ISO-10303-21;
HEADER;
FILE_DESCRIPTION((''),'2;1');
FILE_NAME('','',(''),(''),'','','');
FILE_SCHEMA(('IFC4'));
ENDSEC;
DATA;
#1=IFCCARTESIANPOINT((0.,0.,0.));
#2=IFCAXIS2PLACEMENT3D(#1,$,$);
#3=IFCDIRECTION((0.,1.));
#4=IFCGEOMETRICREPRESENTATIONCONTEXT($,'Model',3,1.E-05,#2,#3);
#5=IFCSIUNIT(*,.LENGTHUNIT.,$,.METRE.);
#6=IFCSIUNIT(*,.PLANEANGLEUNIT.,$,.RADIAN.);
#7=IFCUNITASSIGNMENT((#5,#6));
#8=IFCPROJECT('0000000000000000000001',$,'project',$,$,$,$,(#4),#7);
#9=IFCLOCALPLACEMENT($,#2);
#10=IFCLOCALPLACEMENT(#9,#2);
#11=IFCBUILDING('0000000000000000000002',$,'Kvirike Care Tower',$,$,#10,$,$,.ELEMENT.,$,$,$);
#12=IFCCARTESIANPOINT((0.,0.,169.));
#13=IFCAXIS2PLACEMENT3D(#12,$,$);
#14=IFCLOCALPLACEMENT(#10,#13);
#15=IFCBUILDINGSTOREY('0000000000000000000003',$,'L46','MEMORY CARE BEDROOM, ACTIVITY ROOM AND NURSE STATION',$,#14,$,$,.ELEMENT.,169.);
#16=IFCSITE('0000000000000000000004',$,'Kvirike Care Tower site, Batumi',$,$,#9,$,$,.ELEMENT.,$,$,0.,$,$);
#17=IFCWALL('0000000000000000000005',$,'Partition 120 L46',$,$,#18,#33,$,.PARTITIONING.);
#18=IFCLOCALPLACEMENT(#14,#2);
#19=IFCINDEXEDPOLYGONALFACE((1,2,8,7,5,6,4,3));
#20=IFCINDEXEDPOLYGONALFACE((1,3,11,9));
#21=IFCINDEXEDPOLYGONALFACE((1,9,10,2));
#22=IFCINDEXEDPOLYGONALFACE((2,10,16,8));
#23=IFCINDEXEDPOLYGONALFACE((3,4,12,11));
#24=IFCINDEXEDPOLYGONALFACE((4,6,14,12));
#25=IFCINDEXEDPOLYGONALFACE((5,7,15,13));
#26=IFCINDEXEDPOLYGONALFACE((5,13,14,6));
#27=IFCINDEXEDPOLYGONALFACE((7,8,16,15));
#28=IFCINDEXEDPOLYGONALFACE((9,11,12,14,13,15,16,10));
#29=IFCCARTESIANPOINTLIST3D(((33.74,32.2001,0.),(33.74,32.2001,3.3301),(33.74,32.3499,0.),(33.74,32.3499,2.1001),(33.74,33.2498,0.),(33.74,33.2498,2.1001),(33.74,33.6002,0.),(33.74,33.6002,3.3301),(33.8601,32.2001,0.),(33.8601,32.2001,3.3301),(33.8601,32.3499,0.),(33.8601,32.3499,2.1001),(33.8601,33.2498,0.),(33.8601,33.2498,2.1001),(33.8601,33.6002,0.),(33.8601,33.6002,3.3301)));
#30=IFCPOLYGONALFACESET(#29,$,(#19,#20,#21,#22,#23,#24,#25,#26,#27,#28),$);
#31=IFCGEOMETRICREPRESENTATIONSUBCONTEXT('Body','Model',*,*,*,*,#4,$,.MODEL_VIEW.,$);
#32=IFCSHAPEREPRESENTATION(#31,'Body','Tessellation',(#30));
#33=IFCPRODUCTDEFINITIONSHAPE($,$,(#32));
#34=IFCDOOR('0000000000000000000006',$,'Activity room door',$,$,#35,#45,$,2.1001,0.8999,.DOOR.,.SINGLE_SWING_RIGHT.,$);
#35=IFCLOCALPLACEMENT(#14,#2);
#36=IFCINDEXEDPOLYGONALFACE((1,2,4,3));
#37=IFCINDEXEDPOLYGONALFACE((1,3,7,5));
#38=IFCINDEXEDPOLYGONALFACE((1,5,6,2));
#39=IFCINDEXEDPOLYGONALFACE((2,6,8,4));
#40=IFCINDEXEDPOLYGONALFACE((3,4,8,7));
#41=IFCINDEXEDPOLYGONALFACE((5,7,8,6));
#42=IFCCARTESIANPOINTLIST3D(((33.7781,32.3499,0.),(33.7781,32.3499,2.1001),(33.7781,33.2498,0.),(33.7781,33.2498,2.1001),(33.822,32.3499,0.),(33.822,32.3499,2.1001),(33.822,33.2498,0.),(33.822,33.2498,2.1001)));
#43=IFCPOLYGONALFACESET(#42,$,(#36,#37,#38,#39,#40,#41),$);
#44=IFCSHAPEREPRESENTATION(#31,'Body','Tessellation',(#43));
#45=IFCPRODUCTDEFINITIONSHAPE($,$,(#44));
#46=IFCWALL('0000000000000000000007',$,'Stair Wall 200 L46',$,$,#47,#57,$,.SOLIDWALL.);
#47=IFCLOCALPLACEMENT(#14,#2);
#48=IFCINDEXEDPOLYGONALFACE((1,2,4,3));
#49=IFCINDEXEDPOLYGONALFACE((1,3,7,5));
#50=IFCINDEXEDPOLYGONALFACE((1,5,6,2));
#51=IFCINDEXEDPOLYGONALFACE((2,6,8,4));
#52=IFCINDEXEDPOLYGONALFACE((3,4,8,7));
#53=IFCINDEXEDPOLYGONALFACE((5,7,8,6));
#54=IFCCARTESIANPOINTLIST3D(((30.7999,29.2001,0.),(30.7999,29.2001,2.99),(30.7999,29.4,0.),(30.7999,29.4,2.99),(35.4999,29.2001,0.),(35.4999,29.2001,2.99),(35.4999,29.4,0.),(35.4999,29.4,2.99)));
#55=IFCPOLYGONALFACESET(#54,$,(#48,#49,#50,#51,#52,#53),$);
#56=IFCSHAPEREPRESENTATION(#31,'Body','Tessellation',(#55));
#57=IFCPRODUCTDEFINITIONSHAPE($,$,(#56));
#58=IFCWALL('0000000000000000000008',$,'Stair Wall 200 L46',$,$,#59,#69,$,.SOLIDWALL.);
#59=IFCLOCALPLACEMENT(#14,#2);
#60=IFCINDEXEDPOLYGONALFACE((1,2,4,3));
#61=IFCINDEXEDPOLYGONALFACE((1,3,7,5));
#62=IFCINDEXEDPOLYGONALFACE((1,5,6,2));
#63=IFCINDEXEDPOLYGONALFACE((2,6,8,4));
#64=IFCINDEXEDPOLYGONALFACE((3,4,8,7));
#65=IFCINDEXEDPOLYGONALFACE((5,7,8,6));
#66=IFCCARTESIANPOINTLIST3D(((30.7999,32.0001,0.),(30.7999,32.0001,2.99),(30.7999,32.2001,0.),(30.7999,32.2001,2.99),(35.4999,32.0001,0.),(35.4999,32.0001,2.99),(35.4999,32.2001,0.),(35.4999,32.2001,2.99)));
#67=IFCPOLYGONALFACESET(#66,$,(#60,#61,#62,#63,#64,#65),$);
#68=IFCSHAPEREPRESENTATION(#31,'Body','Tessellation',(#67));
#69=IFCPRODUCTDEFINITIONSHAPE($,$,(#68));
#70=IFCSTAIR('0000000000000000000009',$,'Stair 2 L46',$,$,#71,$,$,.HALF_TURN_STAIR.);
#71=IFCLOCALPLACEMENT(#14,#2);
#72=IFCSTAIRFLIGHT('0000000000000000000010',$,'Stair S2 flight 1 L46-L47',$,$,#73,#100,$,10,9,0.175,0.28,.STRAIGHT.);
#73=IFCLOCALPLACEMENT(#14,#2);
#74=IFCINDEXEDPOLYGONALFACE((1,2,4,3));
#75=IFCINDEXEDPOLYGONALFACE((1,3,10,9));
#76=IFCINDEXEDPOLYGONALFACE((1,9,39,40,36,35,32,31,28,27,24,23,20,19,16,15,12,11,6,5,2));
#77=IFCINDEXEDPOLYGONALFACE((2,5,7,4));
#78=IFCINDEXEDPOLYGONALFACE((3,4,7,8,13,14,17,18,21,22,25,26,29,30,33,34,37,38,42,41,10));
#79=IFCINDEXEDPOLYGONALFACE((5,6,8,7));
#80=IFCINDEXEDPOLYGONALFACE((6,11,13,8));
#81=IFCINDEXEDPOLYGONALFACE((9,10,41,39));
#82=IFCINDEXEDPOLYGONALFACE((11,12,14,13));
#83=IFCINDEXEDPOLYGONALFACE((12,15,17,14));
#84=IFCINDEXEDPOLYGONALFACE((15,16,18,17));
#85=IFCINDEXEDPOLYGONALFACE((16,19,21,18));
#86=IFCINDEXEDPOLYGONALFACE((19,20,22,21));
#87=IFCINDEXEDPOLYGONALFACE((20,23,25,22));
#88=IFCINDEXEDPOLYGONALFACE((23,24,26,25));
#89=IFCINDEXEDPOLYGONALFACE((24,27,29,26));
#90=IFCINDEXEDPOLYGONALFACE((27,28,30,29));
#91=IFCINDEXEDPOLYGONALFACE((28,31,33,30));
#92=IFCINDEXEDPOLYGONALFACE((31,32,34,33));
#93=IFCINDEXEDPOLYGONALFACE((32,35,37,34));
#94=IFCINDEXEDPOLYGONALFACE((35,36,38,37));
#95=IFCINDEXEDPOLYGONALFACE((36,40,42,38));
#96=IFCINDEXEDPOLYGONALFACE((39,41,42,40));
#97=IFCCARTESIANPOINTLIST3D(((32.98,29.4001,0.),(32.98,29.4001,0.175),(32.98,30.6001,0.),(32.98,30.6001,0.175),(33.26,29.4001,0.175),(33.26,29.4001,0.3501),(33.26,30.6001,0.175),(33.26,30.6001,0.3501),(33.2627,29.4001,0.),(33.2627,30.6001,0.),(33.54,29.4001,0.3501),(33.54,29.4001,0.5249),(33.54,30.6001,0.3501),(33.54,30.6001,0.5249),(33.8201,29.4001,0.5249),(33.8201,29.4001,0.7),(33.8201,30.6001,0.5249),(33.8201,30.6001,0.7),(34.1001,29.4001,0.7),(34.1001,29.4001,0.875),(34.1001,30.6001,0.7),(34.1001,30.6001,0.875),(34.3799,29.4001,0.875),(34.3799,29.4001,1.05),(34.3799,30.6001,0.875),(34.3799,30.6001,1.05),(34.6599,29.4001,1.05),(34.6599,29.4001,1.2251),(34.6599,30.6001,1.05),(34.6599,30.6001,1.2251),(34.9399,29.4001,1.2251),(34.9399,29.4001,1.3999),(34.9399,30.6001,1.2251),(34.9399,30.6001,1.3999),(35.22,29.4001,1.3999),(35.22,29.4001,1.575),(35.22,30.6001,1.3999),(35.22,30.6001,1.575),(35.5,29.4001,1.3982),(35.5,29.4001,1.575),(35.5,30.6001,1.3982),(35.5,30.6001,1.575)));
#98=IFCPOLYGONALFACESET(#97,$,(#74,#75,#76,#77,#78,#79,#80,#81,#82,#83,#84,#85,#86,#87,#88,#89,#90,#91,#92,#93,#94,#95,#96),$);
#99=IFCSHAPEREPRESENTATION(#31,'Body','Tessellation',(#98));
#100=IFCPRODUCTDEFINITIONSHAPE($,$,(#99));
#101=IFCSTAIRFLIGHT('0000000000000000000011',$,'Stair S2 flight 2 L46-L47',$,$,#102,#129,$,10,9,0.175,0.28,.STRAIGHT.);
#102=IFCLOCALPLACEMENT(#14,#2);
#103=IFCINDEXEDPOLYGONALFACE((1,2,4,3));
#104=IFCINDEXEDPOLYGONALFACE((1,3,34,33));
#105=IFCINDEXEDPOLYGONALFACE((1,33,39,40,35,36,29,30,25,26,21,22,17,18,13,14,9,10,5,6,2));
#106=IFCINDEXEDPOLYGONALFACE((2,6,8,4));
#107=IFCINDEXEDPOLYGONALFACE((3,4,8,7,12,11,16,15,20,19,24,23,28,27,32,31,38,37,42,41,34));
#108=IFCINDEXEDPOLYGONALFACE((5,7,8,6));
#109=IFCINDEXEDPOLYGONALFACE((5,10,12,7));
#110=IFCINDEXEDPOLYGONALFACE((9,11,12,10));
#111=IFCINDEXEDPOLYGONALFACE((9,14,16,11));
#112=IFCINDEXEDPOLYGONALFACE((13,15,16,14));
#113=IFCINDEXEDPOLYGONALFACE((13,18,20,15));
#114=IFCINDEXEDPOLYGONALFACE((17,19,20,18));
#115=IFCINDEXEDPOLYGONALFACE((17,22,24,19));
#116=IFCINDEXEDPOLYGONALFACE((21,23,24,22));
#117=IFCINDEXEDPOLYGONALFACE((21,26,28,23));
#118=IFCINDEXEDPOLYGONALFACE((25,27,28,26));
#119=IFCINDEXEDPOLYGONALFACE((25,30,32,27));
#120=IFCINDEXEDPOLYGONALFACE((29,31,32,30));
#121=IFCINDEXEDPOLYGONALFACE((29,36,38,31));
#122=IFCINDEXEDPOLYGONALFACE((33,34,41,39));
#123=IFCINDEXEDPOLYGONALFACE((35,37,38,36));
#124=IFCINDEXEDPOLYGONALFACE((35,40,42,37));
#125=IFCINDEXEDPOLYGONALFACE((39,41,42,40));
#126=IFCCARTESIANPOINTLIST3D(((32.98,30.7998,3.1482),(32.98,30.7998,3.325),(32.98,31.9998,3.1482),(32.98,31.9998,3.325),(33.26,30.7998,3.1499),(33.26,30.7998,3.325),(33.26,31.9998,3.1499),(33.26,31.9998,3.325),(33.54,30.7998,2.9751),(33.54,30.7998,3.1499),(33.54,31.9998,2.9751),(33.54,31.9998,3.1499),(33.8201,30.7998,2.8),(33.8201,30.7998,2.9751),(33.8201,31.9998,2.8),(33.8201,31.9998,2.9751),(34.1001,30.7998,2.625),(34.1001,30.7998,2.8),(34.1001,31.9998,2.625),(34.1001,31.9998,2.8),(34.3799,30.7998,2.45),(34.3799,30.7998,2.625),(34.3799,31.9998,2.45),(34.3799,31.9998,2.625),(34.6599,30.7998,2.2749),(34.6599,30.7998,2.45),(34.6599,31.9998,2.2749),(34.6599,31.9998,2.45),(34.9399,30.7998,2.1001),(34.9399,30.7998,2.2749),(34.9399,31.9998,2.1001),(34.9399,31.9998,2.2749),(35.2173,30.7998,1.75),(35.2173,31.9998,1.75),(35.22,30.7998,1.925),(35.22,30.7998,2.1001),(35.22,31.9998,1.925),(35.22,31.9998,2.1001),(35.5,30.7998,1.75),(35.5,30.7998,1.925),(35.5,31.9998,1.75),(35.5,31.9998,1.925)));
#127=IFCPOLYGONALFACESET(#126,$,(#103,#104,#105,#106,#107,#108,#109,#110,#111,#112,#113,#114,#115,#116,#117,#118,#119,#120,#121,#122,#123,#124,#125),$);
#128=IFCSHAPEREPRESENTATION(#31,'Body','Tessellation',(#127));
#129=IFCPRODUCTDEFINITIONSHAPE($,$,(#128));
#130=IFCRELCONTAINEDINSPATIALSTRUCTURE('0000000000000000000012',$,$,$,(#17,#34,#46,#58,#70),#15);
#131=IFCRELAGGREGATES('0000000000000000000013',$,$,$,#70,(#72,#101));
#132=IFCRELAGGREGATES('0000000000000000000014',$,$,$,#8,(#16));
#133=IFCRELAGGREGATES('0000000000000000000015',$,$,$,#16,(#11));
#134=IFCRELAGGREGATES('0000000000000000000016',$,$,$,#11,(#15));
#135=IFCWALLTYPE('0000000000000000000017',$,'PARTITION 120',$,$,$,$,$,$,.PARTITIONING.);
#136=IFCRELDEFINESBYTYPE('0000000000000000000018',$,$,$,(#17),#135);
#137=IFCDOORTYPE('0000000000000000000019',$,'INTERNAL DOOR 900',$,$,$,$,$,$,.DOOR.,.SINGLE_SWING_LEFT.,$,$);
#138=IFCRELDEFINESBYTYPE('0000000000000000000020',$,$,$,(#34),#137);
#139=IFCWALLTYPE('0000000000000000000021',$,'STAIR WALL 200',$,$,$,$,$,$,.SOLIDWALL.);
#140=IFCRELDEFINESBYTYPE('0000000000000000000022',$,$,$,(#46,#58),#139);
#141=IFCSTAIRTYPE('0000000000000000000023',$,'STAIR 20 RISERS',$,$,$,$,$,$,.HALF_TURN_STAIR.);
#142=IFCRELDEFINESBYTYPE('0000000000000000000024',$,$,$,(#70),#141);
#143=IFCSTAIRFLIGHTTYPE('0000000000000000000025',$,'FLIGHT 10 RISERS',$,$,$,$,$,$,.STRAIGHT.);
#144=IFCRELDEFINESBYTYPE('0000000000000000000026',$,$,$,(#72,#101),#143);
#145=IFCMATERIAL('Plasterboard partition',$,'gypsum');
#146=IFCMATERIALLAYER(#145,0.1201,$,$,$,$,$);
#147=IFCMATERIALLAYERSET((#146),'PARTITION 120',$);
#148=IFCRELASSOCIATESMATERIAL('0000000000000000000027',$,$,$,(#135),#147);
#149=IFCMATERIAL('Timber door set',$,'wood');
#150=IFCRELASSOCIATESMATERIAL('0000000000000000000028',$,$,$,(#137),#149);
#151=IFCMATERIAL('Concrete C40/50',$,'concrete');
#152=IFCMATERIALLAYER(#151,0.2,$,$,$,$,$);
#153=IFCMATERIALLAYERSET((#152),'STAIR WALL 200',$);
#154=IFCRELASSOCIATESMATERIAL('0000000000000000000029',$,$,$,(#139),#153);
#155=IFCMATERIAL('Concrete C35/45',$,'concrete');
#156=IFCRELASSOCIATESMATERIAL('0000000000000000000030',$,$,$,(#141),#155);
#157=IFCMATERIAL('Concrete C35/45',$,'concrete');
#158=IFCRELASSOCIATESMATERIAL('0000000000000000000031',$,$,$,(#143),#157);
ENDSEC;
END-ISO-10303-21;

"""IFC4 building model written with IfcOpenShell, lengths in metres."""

from ifc_helpers import new_model, si_unit, direction, frame, frame_2d, origin, place, context, subcontext, project, spatial, polyline, rectangle, outline, extrude, material, layer, layer_set, type_object, element, fill, aggregate, save


model = new_model("IFC4")

# Units and contexts
model_context = context("Model", 3, precision=1e-05, world=origin(), true_north=direction((0.0, 1.0)))
body_context = subcontext(model_context, "Body", "Model", "MODEL_VIEW")
ifc_project = project(units=[si_unit("LENGTHUNIT", "METRE"), si_unit("PLANEANGLEUNIT", "RADIAN")], contexts=[model_context])

# Site, building, storey
site_placement = place(None, origin())
site = spatial("IfcSite", under=ifc_project, at=site_placement, Name="Kvirike Care Tower site, Batumi", CompositionType="ELEMENT", RefElevation=0.0)
building_placement = place(site_placement, origin())
building = spatial("IfcBuilding", under=site, at=building_placement, Name="Kvirike Care Tower", CompositionType="ELEMENT")
storey_placement = place(building_placement, frame((0.0, 0.0, 169.0)))
storey = spatial("IfcBuildingStorey", under=building, at=storey_placement, Name="L46", Description="MEMORY CARE BEDROOM, ACTIVITY ROOM AND NURSE STATION", CompositionType="ELEMENT", Elevation=169.0)

# Wall, opening, door
ifc_material_1 = material(Name="Plasterboard partition", Category="gypsum")
ifc_layer_1 = layer(ifc_material_1, 0.1201)
ifc_layer_set_1 = layer_set([ifc_layer_1], Name="PARTITION 120")
wall_type_1 = type_object("IfcWallType", Name="PARTITION 120", PredefinedType="PARTITIONING", material=ifc_layer_set_1)
wall_placement = place(storey_placement, frame((33.8, 32.2, 0.0), z_axis=(0.0, 0.0, 1.0), x_axis=(0.0, 1.0, 0.0)))
wall = element("IfcWall", 1, at=wall_placement, inside=storey, type_object=wall_type_1, Name="Partition 120 L46", PredefinedType="PARTITIONING", context=body_context, shape_type="SweptSolid", body=[
    extrude(rectangle(XDim=1.4001, YDim=0.1201, at=frame_2d((0.7002, 0.0))), origin(), (0.0, 0.0, 1.0), 3.3301),
])
opening_placement = place(wall_placement, frame((0.1499, 0.0, 0.0)))
opening = element("IfcOpeningElement", 2, at=opening_placement, cuts=wall, PredefinedType="OPENING", context=body_context, shape_type="SweptSolid", body=[
    extrude(rectangle(XDim=0.8999, YDim=2.1001, at=frame_2d((0.45, 1.05))), frame((0.0, 0.0706, 0.0), z_axis=(0.0, -1.0, 0.0), x_axis=(1.0, 0.0, 0.0)), (0.0, 0.0, 1.0), 0.1411),
])
ifc_material_2 = material(Name="Timber door set", Category="wood")
door_type = type_object("IfcDoorType", Name="INTERNAL DOOR 900", OperationType="SINGLE_SWING_LEFT", PredefinedType="DOOR", material=ifc_material_2)
door_placement = place(opening_placement, origin())
door = element("IfcDoor", 3, at=door_placement, inside=storey, type_object=door_type, Name="Activity room door", OperationType="SINGLE_SWING_RIGHT", OverallHeight=2.1001, OverallWidth=0.8999, PredefinedType="DOOR", context=body_context, shape_type="SweptSolid", body=[
    extrude(rectangle(XDim=0.8999, YDim=2.1001, at=frame_2d((0.45, 1.05))), frame((0.0, 0.022, 0.0), z_axis=(0.0, -1.0, 0.0), x_axis=(1.0, 0.0, 0.0)), (0.0, 0.0, 1.0), 0.0439),
])
fill(opening, door)

# Walls
ifc_material_3 = material(Name="Concrete C40/50", Category="concrete")
ifc_layer_2 = layer(ifc_material_3, 0.2)
ifc_layer_set_2 = layer_set([ifc_layer_2], Name="STAIR WALL 200")
wall_type_2 = type_object("IfcWallType", Name="STAIR WALL 200", PredefinedType="SOLIDWALL", material=ifc_layer_set_2)
for number, where, z_axis, x_axis, name in (
    (4, (35.5, 29.3, 0.0), (0.0, 0.0, 1.0), (-1.0, 0.0, 0.0), "Stair Wall 200 L46"),
    (5, (35.5, 32.1001, 0.0), (0.0, 0.0, 1.0), (-1.0, 0.0, 0.0), "Stair Wall 200 L46"),
):
    element("IfcWall", number, at=place(storey_placement, frame(where, z_axis=z_axis, x_axis=x_axis)), inside=storey, type_object=wall_type_2, Name=name, PredefinedType="SOLIDWALL", context=body_context, shape_type="SweptSolid", body=[
        extrude(rectangle(XDim=4.7, YDim=0.2, at=frame_2d((2.3501, 0.0))), origin(), (0.0, 0.0, 1.0), 2.99),
    ])

# Stair, stair flights
ifc_material_4 = material(Name="Concrete C35/45", Category="concrete")
stair_type = type_object("IfcStairType", Name="STAIR 20 RISERS", PredefinedType="HALF_TURN_STAIR", material=ifc_material_4)
stair_placement = place(storey_placement, origin())
stair = element("IfcStair", 6, at=stair_placement, inside=storey, type_object=stair_type, Name="Stair 2 L46", PredefinedType="HALF_TURN_STAIR")
ifc_material_5 = material(Name="Concrete C35/45", Category="concrete")
stair_flight_type = type_object("IfcStairFlightType", Name="FLIGHT 10 RISERS", PredefinedType="STRAIGHT", material=ifc_material_5)
stair_flight_1_placement = place(storey_placement, frame((32.98, 30.0, 0.0), z_axis=(0.0, 0.0, 1.0), x_axis=(1.0, 0.0, 0.0)))
stair_flight_1 = element("IfcStairFlight", 7, at=stair_flight_1_placement, type_object=stair_flight_type, Name="Stair S2 flight 1 L46-L47", NumberOfRisers=10, NumberOfTreads=9, PredefinedType="STRAIGHT", RiserHeight=0.175, TreadLength=0.28, context=body_context, shape_type="SweptSolid", body=[
    extrude(outline(polyline([(0.0, 0.0), (0.0, 0.175), (0.28, 0.175), (0.28, 0.3501), (0.5601, 0.3501), (0.5601, 0.5249), (0.8401, 0.5249), (0.8401, 0.7), (1.1201, 0.7), (1.1201, 0.875), (1.3999, 0.875), (1.3999, 1.05), (1.6799, 1.05), (1.6799, 1.2251), (1.96, 1.2251), (1.96, 1.3999), (2.24, 1.3999), (2.24, 1.575), (2.52, 1.575), (2.52, 1.75), (2.52, 1.3982), (0.2827, 0.0), (0.0, 0.0)])), frame((0.0, 0.6001, 0.0), z_axis=(0.0, -1.0, 0.0), x_axis=(1.0, 0.0, 0.0)), (0.0, 0.0, 1.0), 1.2),
])
stair_flight_2_placement = place(storey_placement, frame((35.5, 31.3999, 1.75), z_axis=(0.0, 0.0, 1.0), x_axis=(-1.0, 0.0, 0.0)))
stair_flight_2 = element("IfcStairFlight", 8, at=stair_flight_2_placement, type_object=stair_flight_type, Name="Stair S2 flight 2 L46-L47", NumberOfRisers=10, NumberOfTreads=9, PredefinedType="STRAIGHT", RiserHeight=0.175, TreadLength=0.28, context=body_context, shape_type="SweptSolid", body=[
    extrude(outline(polyline([(0.0, 0.0), (0.0, 0.175), (0.28, 0.175), (0.28, 0.3501), (0.5601, 0.3501), (0.5601, 0.5249), (0.8401, 0.5249), (0.8401, 0.7), (1.1201, 0.7), (1.1201, 0.875), (1.3999, 0.875), (1.3999, 1.05), (1.6799, 1.05), (1.6799, 1.2251), (1.96, 1.2251), (1.96, 1.3999), (2.24, 1.3999), (2.24, 1.575), (2.52, 1.575), (2.52, 1.75), (2.52, 1.3982), (0.2827, 0.0), (0.0, 0.0)])), frame((0.0, 0.6001, 0.0), z_axis=(0.0, -1.0, 0.0), x_axis=(1.0, 0.0, 0.0)), (0.0, 0.0, 1.0), 1.2),
])
aggregate(stair, [stair_flight_1, stair_flight_2])

save(model, "model.ifc")
